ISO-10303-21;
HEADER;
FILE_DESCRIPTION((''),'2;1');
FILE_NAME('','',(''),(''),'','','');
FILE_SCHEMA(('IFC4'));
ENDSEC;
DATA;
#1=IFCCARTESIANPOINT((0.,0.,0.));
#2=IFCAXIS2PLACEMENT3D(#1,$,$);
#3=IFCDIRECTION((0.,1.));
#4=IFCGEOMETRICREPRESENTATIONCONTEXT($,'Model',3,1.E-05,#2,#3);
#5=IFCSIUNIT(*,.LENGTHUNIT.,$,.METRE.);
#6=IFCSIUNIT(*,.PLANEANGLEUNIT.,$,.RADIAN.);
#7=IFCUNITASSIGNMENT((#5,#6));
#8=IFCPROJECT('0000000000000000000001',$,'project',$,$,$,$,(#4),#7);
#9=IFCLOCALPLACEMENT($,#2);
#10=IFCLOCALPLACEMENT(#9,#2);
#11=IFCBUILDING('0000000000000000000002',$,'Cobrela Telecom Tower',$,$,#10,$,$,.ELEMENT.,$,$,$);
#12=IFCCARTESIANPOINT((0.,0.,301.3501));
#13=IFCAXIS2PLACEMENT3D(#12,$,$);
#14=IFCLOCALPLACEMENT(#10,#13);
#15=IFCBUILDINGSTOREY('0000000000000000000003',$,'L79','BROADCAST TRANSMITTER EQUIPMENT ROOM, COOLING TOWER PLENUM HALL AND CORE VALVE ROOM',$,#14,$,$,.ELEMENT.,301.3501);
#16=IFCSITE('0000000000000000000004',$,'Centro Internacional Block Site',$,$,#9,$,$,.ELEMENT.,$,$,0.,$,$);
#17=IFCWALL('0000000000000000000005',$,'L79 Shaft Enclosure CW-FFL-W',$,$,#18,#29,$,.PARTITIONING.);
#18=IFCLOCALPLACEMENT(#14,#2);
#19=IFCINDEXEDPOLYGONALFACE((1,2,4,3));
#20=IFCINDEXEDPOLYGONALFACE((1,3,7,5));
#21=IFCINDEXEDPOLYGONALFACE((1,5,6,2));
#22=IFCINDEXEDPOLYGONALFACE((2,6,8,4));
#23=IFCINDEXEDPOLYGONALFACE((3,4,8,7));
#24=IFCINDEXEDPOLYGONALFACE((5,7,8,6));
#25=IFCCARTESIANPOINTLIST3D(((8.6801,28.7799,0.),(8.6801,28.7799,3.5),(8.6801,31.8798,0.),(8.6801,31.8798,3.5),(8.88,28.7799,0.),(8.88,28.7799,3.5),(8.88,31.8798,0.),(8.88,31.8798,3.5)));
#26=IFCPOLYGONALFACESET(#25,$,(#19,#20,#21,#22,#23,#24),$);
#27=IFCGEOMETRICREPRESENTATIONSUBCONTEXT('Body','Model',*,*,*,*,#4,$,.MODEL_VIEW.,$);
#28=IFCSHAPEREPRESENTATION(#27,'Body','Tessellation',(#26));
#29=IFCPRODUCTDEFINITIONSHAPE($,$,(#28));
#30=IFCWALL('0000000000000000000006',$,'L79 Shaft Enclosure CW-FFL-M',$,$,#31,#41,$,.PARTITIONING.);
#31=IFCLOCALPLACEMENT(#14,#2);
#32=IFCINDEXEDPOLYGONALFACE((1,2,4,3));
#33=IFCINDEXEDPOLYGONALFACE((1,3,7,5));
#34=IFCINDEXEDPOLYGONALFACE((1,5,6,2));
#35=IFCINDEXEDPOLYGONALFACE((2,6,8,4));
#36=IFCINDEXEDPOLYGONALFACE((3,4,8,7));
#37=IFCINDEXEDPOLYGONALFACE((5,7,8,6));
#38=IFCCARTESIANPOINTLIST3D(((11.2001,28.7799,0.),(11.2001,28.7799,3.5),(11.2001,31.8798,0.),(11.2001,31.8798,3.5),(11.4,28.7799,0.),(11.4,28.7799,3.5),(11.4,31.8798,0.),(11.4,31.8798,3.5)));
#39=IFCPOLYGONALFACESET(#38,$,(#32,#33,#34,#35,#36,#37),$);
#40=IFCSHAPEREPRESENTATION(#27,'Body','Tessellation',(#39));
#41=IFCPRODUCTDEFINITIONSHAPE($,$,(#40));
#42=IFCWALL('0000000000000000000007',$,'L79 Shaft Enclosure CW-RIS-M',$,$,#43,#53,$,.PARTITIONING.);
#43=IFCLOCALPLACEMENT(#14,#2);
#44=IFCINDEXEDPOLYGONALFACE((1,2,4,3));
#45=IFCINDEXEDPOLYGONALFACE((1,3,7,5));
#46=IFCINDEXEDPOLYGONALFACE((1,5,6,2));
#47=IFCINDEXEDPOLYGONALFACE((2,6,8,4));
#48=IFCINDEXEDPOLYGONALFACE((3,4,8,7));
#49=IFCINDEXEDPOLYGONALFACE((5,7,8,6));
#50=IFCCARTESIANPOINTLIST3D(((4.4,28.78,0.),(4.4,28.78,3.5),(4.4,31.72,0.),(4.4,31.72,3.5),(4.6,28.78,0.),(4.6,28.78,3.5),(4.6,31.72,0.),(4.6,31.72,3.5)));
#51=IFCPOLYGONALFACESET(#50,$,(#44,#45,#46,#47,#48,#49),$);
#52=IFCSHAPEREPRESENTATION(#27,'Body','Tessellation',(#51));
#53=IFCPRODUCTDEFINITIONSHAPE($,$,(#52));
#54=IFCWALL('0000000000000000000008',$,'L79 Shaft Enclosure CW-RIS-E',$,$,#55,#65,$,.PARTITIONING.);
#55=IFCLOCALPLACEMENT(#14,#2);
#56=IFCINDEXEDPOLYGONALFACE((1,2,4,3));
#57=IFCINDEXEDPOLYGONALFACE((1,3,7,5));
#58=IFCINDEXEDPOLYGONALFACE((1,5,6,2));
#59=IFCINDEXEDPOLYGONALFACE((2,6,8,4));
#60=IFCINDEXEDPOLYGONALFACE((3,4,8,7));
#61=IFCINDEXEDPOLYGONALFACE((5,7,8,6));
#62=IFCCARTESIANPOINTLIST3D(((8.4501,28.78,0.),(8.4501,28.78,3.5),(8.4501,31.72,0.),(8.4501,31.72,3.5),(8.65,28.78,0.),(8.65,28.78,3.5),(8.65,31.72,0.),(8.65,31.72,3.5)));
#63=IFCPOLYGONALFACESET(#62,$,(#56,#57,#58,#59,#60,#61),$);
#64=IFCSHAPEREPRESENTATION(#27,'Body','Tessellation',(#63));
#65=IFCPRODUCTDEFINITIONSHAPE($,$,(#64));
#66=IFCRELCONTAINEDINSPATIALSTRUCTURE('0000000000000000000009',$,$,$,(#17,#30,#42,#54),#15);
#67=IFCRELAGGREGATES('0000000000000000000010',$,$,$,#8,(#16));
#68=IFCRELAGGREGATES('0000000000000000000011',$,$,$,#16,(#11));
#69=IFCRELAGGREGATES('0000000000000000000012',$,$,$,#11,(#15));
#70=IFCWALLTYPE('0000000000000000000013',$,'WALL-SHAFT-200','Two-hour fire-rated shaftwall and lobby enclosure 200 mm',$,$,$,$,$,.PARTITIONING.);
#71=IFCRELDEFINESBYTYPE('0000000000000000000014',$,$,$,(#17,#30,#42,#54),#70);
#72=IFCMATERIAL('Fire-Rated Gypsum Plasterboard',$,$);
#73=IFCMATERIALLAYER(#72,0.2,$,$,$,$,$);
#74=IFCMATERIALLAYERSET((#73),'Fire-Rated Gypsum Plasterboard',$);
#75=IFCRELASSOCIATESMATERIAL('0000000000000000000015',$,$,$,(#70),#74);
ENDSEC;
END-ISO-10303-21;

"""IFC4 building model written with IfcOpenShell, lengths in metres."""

from ifc_helpers import new_model, si_unit, direction, frame, frame_2d, origin, place, context, subcontext, project, spatial, rectangle, extrude, material, layer, layer_set, type_object, element, save


model = new_model("IFC4")

# Units and contexts
model_context = context("Model", 3, precision=1e-05, world=origin(), true_north=direction((0.0, 1.0)))
body_context = subcontext(model_context, "Body", "Model", "MODEL_VIEW")
ifc_project = project(units=[si_unit("LENGTHUNIT", "METRE"), si_unit("PLANEANGLEUNIT", "RADIAN")], contexts=[model_context])

# Site, building, storey
site_placement = place(None, origin())
site = spatial("IfcSite", under=ifc_project, at=site_placement, Name="Centro Internacional Block Site", CompositionType="ELEMENT", RefElevation=0.0)
building_placement = place(site_placement, origin())
building = spatial("IfcBuilding", under=site, at=building_placement, Name="Cobrela Telecom Tower", CompositionType="ELEMENT")
storey_placement = place(building_placement, frame((0.0, 0.0, 301.3501)))
storey = spatial("IfcBuildingStorey", under=building, at=storey_placement, Name="L79", Description="BROADCAST TRANSMITTER EQUIPMENT ROOM, COOLING TOWER PLENUM HALL AND CORE VALVE ROOM", CompositionType="ELEMENT", Elevation=301.3501)

# Shared definitions
ifc_material_1 = material(Name="Fire-Rated Gypsum Plasterboard")

# Walls
ifc_layer_1 = layer(ifc_material_1, 0.2)
ifc_layer_set_1 = layer_set([ifc_layer_1], Name="Fire-Rated Gypsum Plasterboard")
wall_type_1 = type_object("IfcWallType", Name="WALL-SHAFT-200", Description="Two-hour fire-rated shaftwall and lobby enclosure 200 mm", PredefinedType="PARTITIONING", material=ifc_layer_set_1)
for number, where, z_axis, x_axis, name in (
    (1, (8.78, 28.78, 0.0), (0.0, 0.0, 1.0), (0.0, 1.0, 0.0), "L79 Shaft Enclosure CW-FFL-W"),
    (2, (11.3, 28.78, 0.0), (0.0, 0.0, 1.0), (0.0, 1.0, 0.0), "L79 Shaft Enclosure CW-FFL-M"),
):
    element("IfcWall", number, at=place(storey_placement, frame(where, z_axis=z_axis, x_axis=x_axis)), inside=storey, type_object=wall_type_1, Name=name, PredefinedType="PARTITIONING", context=body_context, shape_type="SweptSolid", body=[
        extrude(rectangle(XDim=3.0999, YDim=0.2, at=frame_2d((1.5498, 0.0))), origin(), (0.0, 0.0, 1.0), 3.5),
    ])

# Walls
for number, where, z_axis, x_axis, name in (
    (3, (4.5, 28.78, 0.0), (0.0, 0.0, 1.0), (0.0, 1.0, 0.0), "L79 Shaft Enclosure CW-RIS-M"),
    (4, (8.55, 28.78, 0.0), (0.0, 0.0, 1.0), (0.0, 1.0, 0.0), "L79 Shaft Enclosure CW-RIS-E"),
):
    element("IfcWall", number, at=place(storey_placement, frame(where, z_axis=z_axis, x_axis=x_axis)), inside=storey, type_object=wall_type_1, Name=name, PredefinedType="PARTITIONING", context=body_context, shape_type="SweptSolid", body=[
        extrude(rectangle(XDim=2.9399, YDim=0.2, at=frame_2d((1.47, 0.0))), origin(), (0.0, 0.0, 1.0), 3.5),
    ])

save(model, "model.ifc")
